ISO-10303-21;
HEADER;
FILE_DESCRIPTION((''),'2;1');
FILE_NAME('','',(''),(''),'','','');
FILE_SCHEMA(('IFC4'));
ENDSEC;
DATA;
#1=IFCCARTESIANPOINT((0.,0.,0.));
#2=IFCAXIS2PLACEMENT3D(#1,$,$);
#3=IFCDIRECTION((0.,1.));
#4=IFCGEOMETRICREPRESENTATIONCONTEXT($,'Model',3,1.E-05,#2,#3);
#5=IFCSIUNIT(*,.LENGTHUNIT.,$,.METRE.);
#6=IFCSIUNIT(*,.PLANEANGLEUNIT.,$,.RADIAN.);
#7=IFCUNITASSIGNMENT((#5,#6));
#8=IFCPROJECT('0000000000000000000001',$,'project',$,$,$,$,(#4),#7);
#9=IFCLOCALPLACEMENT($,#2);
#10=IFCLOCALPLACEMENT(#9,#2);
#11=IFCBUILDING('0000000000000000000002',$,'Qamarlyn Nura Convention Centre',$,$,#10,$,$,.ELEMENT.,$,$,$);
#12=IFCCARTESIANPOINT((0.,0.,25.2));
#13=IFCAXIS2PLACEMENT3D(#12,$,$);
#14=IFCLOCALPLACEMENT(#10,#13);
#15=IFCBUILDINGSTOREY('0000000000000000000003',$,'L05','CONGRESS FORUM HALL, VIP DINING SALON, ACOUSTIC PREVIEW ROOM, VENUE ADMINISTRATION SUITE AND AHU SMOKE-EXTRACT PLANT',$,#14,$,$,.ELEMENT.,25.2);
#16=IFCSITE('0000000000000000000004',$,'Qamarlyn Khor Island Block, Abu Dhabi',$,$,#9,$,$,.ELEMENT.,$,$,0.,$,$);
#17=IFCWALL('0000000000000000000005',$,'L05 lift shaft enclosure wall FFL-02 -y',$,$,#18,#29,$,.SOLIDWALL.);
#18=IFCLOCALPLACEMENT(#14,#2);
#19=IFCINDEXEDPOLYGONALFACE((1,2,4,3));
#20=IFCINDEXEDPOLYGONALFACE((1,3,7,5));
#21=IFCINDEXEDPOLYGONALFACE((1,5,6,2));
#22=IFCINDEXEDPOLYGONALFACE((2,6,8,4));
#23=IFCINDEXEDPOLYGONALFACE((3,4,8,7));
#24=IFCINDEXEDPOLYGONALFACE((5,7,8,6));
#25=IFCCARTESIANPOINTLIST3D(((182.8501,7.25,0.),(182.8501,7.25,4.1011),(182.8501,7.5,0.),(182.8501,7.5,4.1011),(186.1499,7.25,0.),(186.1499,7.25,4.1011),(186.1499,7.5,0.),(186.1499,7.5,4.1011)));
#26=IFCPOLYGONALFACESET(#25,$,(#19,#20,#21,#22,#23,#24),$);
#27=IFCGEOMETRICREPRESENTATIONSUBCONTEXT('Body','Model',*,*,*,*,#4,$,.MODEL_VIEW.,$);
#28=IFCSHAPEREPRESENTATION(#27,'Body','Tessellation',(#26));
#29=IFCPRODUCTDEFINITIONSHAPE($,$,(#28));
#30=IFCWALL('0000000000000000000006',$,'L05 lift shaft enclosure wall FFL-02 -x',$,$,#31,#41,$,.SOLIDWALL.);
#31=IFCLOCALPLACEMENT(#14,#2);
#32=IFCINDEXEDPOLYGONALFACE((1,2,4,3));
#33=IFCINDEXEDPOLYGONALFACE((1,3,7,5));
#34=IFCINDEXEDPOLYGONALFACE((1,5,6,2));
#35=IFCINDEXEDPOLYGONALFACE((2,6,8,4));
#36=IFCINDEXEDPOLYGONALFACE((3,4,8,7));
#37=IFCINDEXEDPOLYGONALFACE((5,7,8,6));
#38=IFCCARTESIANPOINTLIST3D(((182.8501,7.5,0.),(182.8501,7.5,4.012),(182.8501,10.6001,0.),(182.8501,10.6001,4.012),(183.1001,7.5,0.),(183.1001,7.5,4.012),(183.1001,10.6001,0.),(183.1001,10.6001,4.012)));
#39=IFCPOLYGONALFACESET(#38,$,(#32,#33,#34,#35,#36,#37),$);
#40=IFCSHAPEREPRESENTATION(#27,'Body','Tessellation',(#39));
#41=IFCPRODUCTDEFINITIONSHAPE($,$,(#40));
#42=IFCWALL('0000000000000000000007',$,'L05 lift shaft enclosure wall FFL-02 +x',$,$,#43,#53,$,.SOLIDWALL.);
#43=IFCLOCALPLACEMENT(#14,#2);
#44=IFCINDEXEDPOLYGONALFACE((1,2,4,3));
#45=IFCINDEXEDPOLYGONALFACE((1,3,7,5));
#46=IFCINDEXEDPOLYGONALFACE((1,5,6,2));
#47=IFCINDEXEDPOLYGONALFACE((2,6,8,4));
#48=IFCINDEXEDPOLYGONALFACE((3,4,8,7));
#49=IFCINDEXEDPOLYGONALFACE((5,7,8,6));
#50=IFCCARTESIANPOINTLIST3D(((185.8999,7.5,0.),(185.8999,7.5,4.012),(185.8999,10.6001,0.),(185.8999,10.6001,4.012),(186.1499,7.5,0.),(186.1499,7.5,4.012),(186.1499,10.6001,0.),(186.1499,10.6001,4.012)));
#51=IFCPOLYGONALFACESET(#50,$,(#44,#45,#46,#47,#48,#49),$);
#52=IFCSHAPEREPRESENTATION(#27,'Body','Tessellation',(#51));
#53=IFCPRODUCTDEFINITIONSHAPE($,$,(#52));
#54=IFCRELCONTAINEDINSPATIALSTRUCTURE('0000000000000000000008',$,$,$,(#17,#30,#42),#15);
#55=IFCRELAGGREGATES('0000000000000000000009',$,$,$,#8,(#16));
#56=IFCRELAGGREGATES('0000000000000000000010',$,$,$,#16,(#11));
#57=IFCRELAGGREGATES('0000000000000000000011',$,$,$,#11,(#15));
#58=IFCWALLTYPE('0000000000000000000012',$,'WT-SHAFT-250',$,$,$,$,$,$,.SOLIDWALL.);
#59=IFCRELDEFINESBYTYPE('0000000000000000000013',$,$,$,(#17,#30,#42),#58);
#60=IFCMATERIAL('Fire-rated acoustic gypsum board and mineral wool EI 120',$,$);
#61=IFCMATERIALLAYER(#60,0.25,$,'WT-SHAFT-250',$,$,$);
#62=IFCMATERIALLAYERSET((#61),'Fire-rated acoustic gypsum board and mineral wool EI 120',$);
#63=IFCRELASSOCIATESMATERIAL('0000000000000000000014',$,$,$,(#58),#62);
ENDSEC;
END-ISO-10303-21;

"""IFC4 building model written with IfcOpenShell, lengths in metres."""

from ifc_helpers import new_model, si_unit, direction, frame, frame_2d, origin, place, context, subcontext, project, spatial, rectangle, extrude, material, layer, layer_set, type_object, element, save


model = new_model("IFC4")

# Units and contexts
model_context = context("Model", 3, precision=1e-05, world=origin(), true_north=direction((0.0, 1.0)))
body_context = subcontext(model_context, "Body", "Model", "MODEL_VIEW")
ifc_project = project(units=[si_unit("LENGTHUNIT", "METRE"), si_unit("PLANEANGLEUNIT", "RADIAN")], contexts=[model_context])

# Site, building, storey
site_placement = place(None, origin())
site = spatial("IfcSite", under=ifc_project, at=site_placement, Name="Qamarlyn Khor Island Block, Abu Dhabi", CompositionType="ELEMENT", RefElevation=0.0)
building_placement = place(site_placement, origin())
building = spatial("IfcBuilding", under=site, at=building_placement, Name="Qamarlyn Nura Convention Centre", CompositionType="ELEMENT")
storey_placement = place(building_placement, frame((0.0, 0.0, 25.2)))
storey = spatial("IfcBuildingStorey", under=building, at=storey_placement, Name="L05", Description="CONGRESS FORUM HALL, VIP DINING SALON, ACOUSTIC PREVIEW ROOM, VENUE ADMINISTRATION SUITE AND AHU SMOKE-EXTRACT PLANT", CompositionType="ELEMENT", Elevation=25.2)

# Shared definitions
ifc_material_1 = material(Name="Fire-rated acoustic gypsum board and mineral wool EI 120")

# Walls
ifc_layer_1 = layer(ifc_material_1, 0.25, Name="WT-SHAFT-250")
ifc_layer_set_1 = layer_set([ifc_layer_1], Name="Fire-rated acoustic gypsum board and mineral wool EI 120")
wall_type_1 = type_object("IfcWallType", Name="WT-SHAFT-250", PredefinedType="SOLIDWALL", material=ifc_layer_set_1)
wall_1_placement = place(storey_placement, frame((182.8501, 7.375, 0.0), z_axis=(0.0, 0.0, 1.0), x_axis=(1.0, 0.0, 0.0)))
element("IfcWall", 1, at=wall_1_placement, inside=storey, type_object=wall_type_1, Name="L05 lift shaft enclosure wall FFL-02 -y", PredefinedType="SOLIDWALL", context=body_context, shape_type="SweptSolid", body=[
    extrude(rectangle(XDim=3.2998, YDim=0.25, at=frame_2d((1.6499, 0.0))), origin(), (0.0, 0.0, 1.0), 4.1011),
])
for number, where, z_axis, x_axis, name in (
    (2, (182.9751, 10.6001, 0.0), (0.0, 0.0, 1.0), (0.0, -1.0, 0.0), "L05 lift shaft enclosure wall FFL-02 -x"),
    (3, (186.0249, 7.5, 0.0), (0.0, 0.0, 1.0), (0.0, 1.0, 0.0), "L05 lift shaft enclosure wall FFL-02 +x"),
):
    element("IfcWall", number, at=place(storey_placement, frame(where, z_axis=z_axis, x_axis=x_axis)), inside=storey, type_object=wall_type_1, Name=name, PredefinedType="SOLIDWALL", context=body_context, shape_type="SweptSolid", body=[
        extrude(rectangle(XDim=3.1001, YDim=0.25, at=frame_2d((1.55, 0.0))), origin(), (0.0, 0.0, 1.0), 4.012),
    ])

save(model, "model.ifc")
